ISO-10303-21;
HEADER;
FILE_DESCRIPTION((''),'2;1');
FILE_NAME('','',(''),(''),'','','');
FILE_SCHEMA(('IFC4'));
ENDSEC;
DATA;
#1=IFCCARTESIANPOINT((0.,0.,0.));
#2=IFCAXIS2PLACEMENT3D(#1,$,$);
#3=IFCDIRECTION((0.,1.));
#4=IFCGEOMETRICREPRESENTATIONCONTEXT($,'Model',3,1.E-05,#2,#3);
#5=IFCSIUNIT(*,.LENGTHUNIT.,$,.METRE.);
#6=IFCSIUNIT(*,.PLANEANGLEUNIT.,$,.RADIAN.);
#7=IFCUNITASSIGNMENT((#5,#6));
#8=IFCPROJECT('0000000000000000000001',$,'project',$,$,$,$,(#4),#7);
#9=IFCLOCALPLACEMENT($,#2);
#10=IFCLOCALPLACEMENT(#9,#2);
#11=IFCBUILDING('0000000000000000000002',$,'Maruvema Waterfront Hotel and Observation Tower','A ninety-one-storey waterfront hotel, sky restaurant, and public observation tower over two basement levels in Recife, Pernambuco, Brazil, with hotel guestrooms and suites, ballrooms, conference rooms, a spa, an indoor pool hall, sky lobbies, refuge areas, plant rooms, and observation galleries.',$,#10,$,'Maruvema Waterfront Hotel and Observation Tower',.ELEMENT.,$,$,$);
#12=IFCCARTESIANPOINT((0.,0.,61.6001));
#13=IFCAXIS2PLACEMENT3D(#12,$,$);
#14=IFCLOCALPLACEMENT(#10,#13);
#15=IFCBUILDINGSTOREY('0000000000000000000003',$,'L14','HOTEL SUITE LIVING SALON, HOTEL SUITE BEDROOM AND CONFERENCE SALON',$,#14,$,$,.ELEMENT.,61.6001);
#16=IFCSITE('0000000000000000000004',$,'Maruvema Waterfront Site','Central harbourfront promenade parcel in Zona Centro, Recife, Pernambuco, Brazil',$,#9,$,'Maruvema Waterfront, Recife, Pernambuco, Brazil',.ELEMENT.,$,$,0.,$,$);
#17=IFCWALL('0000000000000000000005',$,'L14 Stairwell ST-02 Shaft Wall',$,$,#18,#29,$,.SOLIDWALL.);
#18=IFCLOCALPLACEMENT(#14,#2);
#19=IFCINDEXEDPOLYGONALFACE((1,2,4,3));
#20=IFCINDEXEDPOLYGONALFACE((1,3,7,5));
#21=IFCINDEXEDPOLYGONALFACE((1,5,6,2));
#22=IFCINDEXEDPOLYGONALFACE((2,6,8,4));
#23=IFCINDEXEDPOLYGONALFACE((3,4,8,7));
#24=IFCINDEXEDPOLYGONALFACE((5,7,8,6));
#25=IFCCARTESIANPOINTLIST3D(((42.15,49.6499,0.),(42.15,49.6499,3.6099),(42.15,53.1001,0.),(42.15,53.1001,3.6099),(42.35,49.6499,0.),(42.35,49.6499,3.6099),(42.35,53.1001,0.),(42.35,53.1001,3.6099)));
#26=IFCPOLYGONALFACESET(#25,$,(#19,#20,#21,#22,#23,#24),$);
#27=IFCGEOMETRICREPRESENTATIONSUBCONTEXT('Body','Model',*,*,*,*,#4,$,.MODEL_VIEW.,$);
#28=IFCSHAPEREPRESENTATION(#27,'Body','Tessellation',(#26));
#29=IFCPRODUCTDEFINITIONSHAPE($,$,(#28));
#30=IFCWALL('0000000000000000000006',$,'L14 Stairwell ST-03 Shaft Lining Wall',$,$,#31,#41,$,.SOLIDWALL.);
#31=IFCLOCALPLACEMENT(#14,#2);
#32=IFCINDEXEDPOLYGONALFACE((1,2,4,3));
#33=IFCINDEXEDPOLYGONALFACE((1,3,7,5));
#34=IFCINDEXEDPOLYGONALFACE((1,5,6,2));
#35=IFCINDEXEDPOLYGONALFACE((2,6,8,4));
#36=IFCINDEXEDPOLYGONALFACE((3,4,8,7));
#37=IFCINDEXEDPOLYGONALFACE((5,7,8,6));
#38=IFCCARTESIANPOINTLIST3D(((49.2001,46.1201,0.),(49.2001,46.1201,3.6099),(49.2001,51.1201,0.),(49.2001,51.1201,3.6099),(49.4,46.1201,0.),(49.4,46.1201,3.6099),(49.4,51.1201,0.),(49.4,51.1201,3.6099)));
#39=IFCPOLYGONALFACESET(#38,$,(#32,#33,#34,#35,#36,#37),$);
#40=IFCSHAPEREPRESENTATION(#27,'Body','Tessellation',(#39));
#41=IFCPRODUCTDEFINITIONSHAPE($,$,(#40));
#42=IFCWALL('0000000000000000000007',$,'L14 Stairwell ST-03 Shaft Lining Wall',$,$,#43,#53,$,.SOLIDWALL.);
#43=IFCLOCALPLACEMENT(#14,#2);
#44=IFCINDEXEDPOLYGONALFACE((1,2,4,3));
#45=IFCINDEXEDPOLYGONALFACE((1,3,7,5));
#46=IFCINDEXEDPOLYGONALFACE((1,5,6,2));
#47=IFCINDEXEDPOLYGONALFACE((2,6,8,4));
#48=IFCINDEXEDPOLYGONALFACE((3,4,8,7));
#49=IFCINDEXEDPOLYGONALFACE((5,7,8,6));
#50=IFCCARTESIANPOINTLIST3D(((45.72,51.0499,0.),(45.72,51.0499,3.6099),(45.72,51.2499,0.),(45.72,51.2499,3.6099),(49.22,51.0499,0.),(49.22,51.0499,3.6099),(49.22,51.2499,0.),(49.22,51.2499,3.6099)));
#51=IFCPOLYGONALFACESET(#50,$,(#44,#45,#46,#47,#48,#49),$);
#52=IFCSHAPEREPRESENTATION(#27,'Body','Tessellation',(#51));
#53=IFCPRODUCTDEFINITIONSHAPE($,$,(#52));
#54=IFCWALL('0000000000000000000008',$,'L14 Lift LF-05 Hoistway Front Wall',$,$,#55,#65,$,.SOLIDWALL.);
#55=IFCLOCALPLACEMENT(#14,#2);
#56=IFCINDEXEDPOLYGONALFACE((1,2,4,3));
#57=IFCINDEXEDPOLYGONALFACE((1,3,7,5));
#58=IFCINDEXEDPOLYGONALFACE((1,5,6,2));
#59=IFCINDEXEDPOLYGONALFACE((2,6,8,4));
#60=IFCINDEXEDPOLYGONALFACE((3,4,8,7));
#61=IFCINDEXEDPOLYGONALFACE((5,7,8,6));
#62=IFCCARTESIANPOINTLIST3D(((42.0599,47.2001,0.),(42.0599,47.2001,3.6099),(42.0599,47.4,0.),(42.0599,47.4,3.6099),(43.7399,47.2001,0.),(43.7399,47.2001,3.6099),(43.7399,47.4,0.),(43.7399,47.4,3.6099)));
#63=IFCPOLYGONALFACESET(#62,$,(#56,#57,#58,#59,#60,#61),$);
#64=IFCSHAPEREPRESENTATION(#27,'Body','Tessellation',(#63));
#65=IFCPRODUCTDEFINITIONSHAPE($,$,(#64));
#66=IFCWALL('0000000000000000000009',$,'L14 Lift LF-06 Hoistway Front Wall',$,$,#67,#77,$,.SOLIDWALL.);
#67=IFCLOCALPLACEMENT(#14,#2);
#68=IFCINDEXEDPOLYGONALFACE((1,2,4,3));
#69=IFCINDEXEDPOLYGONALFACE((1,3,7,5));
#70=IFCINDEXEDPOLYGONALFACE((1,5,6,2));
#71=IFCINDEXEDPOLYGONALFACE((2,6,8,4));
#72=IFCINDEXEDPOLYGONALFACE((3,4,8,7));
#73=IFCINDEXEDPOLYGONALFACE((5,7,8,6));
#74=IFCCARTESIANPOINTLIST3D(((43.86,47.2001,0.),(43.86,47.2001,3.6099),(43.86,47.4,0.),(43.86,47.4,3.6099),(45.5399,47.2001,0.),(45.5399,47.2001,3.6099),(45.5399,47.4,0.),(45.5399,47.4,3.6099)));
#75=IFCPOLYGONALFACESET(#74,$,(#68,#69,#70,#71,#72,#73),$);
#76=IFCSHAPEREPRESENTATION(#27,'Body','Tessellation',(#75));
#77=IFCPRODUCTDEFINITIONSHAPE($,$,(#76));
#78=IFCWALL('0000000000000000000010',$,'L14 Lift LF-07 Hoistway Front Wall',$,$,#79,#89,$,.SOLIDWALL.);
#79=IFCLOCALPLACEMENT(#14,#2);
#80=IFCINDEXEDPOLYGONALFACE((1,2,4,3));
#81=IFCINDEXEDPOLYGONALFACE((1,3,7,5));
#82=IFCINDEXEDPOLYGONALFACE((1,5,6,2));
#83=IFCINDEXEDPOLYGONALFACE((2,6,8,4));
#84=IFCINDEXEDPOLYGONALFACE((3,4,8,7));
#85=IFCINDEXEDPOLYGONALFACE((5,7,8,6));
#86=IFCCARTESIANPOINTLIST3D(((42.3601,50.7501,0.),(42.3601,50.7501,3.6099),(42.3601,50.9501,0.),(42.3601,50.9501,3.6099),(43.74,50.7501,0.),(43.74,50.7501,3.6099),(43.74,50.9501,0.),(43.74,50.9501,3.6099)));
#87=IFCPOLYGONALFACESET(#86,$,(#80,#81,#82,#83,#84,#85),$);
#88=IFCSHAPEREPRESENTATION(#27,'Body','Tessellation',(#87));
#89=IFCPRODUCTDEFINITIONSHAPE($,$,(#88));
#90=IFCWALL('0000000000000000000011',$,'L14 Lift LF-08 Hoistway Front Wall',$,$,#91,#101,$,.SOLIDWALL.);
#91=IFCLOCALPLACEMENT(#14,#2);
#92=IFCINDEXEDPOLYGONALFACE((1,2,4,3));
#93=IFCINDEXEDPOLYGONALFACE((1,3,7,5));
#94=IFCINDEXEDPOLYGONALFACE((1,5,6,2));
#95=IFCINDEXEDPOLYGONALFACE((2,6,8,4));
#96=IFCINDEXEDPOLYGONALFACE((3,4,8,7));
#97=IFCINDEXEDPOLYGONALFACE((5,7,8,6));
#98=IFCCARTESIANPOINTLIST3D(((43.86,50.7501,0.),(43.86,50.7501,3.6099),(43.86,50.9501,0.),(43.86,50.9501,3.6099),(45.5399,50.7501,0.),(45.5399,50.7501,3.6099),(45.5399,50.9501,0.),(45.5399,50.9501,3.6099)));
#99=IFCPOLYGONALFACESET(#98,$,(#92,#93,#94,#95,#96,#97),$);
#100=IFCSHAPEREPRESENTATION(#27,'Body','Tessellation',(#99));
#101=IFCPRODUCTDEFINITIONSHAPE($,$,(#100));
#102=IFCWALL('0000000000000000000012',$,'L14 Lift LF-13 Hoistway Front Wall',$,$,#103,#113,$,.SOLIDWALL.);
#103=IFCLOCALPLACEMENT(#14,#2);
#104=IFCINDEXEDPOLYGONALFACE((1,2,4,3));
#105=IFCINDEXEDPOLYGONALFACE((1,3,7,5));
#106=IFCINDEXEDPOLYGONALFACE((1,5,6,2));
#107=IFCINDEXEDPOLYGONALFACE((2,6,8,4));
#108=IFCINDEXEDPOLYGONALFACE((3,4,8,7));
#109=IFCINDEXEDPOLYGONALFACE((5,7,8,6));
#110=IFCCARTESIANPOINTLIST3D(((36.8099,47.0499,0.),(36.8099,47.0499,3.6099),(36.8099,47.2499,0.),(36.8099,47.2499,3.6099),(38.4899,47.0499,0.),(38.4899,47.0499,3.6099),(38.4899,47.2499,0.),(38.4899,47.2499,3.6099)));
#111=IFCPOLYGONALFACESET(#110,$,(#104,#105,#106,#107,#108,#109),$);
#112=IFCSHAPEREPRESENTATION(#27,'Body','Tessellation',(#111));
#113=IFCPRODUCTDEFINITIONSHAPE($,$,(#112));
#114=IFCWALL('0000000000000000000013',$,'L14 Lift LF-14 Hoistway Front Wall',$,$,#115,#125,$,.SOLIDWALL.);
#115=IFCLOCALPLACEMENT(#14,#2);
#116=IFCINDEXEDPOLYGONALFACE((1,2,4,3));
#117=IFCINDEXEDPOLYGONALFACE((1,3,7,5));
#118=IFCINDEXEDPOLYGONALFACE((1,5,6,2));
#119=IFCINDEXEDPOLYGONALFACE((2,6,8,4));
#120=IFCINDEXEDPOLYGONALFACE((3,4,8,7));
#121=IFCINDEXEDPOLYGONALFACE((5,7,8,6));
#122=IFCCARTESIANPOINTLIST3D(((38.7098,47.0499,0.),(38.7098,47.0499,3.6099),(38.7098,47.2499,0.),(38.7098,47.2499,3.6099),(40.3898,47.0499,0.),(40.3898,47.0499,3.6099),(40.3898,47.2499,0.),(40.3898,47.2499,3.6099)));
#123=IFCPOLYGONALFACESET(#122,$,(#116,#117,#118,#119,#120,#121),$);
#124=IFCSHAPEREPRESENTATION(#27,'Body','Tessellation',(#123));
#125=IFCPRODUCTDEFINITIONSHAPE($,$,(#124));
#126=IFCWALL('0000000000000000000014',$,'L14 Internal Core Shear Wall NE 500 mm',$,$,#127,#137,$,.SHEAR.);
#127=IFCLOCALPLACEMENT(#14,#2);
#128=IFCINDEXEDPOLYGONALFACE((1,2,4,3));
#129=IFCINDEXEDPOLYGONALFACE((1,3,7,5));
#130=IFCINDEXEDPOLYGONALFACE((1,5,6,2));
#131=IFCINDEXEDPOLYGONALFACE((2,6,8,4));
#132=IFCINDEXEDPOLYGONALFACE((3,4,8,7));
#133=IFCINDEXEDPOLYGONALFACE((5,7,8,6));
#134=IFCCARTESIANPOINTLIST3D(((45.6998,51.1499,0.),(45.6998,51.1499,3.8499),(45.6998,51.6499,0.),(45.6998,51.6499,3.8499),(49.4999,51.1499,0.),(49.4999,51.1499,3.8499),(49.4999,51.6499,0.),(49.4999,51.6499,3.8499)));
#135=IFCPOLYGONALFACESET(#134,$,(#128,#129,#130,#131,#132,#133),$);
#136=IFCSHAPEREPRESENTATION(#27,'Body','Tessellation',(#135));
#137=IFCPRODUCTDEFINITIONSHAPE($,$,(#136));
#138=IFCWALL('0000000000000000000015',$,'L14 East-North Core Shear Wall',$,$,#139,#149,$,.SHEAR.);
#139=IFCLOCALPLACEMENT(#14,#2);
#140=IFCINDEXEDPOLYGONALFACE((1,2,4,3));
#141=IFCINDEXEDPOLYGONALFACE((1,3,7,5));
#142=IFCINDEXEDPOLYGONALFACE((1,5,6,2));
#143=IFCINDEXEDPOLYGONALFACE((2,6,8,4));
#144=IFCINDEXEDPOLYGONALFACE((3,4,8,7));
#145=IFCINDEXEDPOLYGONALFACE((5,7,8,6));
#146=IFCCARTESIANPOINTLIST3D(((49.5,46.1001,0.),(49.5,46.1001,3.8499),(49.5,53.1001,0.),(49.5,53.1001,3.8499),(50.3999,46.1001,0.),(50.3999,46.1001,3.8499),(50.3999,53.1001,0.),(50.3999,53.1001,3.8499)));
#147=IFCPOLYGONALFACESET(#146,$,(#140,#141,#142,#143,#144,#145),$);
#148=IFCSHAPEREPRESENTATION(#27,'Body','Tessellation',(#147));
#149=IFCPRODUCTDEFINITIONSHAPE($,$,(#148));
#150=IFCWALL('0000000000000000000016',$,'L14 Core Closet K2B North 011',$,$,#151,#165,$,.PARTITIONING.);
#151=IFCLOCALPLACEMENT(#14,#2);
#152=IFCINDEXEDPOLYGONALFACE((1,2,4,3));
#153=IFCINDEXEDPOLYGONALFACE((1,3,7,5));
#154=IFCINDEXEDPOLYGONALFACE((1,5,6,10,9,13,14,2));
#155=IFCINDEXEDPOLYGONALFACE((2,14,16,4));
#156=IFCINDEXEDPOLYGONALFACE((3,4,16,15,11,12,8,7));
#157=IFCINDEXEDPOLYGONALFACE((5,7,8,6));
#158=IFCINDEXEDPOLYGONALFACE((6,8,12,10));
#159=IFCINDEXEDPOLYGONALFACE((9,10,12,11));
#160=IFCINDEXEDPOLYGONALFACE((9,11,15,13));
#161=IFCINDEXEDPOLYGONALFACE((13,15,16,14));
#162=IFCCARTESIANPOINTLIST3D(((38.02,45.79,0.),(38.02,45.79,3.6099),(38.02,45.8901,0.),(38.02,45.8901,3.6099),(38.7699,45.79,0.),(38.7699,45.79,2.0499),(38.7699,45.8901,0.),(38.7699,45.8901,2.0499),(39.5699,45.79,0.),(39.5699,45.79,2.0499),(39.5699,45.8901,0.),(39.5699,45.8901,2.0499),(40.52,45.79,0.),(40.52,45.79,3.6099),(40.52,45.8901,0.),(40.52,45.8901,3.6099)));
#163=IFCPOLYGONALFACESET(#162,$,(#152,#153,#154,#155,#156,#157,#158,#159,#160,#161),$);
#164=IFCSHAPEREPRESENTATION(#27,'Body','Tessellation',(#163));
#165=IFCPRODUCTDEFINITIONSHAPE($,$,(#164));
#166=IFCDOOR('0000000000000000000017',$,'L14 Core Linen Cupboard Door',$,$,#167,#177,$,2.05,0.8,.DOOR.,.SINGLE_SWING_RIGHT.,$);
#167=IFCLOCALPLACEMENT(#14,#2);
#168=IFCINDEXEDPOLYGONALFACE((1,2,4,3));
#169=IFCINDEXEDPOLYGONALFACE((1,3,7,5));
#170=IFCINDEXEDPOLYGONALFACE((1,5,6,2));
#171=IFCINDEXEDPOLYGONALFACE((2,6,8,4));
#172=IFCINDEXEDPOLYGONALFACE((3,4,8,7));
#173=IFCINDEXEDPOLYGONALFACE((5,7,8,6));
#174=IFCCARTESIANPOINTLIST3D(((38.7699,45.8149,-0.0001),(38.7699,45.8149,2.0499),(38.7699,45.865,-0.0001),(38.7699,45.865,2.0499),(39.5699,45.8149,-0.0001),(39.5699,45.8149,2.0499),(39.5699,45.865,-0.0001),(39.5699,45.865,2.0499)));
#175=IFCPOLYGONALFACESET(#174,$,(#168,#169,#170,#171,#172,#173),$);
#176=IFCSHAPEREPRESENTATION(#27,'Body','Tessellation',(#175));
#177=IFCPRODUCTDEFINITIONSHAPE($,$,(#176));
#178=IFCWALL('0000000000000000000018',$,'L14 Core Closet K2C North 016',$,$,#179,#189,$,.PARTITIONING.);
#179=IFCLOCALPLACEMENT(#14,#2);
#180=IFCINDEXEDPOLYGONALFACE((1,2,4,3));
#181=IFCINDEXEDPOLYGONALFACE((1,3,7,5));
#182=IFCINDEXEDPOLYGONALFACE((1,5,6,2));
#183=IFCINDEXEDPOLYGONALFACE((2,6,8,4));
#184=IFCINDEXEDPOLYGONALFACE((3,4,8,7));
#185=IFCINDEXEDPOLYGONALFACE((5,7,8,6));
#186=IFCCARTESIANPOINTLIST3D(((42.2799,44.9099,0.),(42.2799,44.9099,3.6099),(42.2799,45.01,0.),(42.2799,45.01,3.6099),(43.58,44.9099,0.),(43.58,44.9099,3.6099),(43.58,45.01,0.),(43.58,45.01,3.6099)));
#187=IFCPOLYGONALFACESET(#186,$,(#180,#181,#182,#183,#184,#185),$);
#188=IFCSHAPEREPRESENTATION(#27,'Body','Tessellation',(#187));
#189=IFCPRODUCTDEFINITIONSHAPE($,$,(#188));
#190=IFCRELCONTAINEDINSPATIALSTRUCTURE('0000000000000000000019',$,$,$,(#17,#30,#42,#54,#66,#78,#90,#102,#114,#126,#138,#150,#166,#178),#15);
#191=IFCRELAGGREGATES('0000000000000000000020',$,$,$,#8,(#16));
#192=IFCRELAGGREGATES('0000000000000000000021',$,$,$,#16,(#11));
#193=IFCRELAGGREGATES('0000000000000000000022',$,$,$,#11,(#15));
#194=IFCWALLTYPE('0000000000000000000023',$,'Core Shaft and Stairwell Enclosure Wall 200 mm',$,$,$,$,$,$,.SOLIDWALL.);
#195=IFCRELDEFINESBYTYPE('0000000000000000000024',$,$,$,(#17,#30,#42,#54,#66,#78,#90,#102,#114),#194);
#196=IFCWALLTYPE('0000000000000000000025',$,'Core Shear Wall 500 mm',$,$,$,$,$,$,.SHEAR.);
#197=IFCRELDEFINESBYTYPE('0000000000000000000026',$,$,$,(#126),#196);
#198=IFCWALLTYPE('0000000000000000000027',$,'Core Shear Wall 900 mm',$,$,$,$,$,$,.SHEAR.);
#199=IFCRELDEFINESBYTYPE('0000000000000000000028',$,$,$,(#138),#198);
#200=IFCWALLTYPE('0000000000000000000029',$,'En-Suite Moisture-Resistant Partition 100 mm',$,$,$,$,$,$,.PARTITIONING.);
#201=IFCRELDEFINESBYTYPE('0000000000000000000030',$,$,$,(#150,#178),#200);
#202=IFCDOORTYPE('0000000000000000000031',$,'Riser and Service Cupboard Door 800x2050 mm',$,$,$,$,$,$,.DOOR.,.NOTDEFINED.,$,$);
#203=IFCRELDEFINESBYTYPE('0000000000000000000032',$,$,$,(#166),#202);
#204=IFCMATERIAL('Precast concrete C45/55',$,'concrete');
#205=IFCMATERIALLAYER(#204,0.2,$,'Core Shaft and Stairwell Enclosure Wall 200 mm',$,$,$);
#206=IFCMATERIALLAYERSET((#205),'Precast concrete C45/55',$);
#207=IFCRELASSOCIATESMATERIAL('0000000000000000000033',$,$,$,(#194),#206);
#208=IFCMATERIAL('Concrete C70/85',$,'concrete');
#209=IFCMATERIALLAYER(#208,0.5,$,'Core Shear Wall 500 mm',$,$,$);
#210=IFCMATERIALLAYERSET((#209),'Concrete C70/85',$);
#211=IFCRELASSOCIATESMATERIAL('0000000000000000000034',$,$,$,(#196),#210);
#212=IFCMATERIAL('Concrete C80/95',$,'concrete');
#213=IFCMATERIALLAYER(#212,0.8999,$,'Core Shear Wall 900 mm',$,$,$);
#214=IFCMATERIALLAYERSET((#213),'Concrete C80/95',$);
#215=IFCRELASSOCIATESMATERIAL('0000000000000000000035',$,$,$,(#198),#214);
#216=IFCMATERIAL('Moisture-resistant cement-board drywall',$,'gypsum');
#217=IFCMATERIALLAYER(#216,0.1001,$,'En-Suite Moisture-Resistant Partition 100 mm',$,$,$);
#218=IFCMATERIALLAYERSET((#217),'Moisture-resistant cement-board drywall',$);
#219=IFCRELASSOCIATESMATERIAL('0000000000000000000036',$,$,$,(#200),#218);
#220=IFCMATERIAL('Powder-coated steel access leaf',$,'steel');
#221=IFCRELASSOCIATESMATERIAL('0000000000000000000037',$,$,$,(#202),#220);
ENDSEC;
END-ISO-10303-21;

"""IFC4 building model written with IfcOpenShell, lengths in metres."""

from ifc_helpers import new_model, si_unit, direction, frame, frame_2d, origin, place, context, subcontext, project, spatial, rectangle, extrude, material, layer, layer_set, type_object, element, fill, save


model = new_model("IFC4")

# Units and contexts
model_context = context("Model", 3, precision=1e-05, world=origin(), true_north=direction((0.0, 1.0)))
body_context = subcontext(model_context, "Body", "Model", "MODEL_VIEW")
ifc_project = project(units=[si_unit("LENGTHUNIT", "METRE"), si_unit("PLANEANGLEUNIT", "RADIAN")], contexts=[model_context])

# Site, building, storey
site_placement = place(None, origin())
site = spatial("IfcSite", under=ifc_project, at=site_placement, Name="Maruvema Waterfront Site", Description="Central harbourfront promenade parcel in Zona Centro, Recife, Pernambuco, Brazil", LongName="Maruvema Waterfront, Recife, Pernambuco, Brazil", CompositionType="ELEMENT", RefElevation=0.0)
building_placement = place(site_placement, origin())
building = spatial("IfcBuilding", under=site, at=building_placement, Name="Maruvema Waterfront Hotel and Observation Tower", Description="A ninety-one-storey waterfront hotel, sky restaurant, and public observation tower over two basement levels in Recife, Pernambuco, Brazil, with hotel guestrooms and suites, ballrooms, conference rooms, a spa, an indoor pool hall, sky lobbies, refuge areas, plant rooms, and observation galleries.", LongName="Maruvema Waterfront Hotel and Observation Tower", CompositionType="ELEMENT")
storey_placement = place(building_placement, frame((0.0, 0.0, 61.6001)))
storey = spatial("IfcBuildingStorey", under=building, at=storey_placement, Name="L14", Description="HOTEL SUITE LIVING SALON, HOTEL SUITE BEDROOM AND CONFERENCE SALON", CompositionType="ELEMENT", Elevation=61.6001)

# Walls
ifc_material_1 = material(Name="Precast concrete C45/55", Category="concrete")
ifc_layer_1 = layer(ifc_material_1, 0.2, Name="Core Shaft and Stairwell Enclosure Wall 200 mm")
ifc_layer_set_1 = layer_set([ifc_layer_1], Name="Precast concrete C45/55")
wall_type_1 = type_object("IfcWallType", Name="Core Shaft and Stairwell Enclosure Wall 200 mm", PredefinedType="SOLIDWALL", material=ifc_layer_set_1)
wall_1_placement = place(storey_placement, frame((42.25, 49.6499, 0.0), z_axis=(0.0, 0.0, 1.0), x_axis=(0.0, 1.0, 0.0)))
element("IfcWall", 1, at=wall_1_placement, inside=storey, type_object=wall_type_1, Name="L14 Stairwell ST-02 Shaft Wall", PredefinedType="SOLIDWALL", context=body_context, shape_type="SweptSolid", body=[
    extrude(rectangle(XDim=3.4502, YDim=0.2, at=frame_2d((1.7251, 0.0))), origin(), (0.0, 0.0, 1.0), 3.6099),
])
wall_2_placement = place(storey_placement, frame((49.3, 46.1201, 0.0), z_axis=(0.0, 0.0, 1.0), x_axis=(0.0, 1.0, 0.0)))
element("IfcWall", 2, at=wall_2_placement, inside=storey, type_object=wall_type_1, Name="L14 Stairwell ST-03 Shaft Lining Wall", PredefinedType="SOLIDWALL", context=body_context, shape_type="SweptSolid", body=[
    extrude(rectangle(XDim=5.0, YDim=0.2, at=frame_2d((2.5, 0.0))), origin(), (0.0, 0.0, 1.0), 3.6099),
])
wall_3_placement = place(storey_placement, frame((45.72, 51.1499, 0.0), z_axis=(0.0, 0.0, 1.0), x_axis=(1.0, 0.0, 0.0)))
element("IfcWall", 3, at=wall_3_placement, inside=storey, type_object=wall_type_1, Name="L14 Stairwell ST-03 Shaft Lining Wall", PredefinedType="SOLIDWALL", context=body_context, shape_type="SweptSolid", body=[
    extrude(rectangle(XDim=3.5, YDim=0.2, at=frame_2d((1.75, 0.0))), origin(), (0.0, 0.0, 1.0), 3.6099),
])
for number, where, z_axis, x_axis, name in (
    (4, (42.0601, 47.3, 0.0), (0.0, 0.0, 1.0), (1.0, 0.0, 0.0), "L14 Lift LF-05 Hoistway Front Wall"),
    (5, (43.8601, 47.3, 0.0), (0.0, 0.0, 1.0), (1.0, 0.0, 0.0), "L14 Lift LF-06 Hoistway Front Wall"),
):
    element("IfcWall", number, at=place(storey_placement, frame(where, z_axis=z_axis, x_axis=x_axis)), inside=storey, type_object=wall_type_1, Name=name, PredefinedType="SOLIDWALL", context=body_context, shape_type="SweptSolid", body=[
        extrude(rectangle(XDim=1.6799, YDim=0.2, at=frame_2d((0.8398, 0.0))), origin(), (0.0, 0.0, 1.0), 3.6099),
    ])
wall_4_placement = place(storey_placement, frame((42.3601, 50.8501, 0.0), z_axis=(0.0, 0.0, 1.0), x_axis=(1.0, 0.0, 0.0)))
element("IfcWall", 6, at=wall_4_placement, inside=storey, type_object=wall_type_1, Name="L14 Lift LF-07 Hoistway Front Wall", PredefinedType="SOLIDWALL", context=body_context, shape_type="SweptSolid", body=[
    extrude(rectangle(XDim=1.3799, YDim=0.2, at=frame_2d((0.6899, 0.0))), origin(), (0.0, 0.0, 1.0), 3.6099),
])
for number, where, z_axis, x_axis, name in (
    (7, (43.8601, 50.8501, 0.0), (0.0, 0.0, 1.0), (1.0, 0.0, 0.0), "L14 Lift LF-08 Hoistway Front Wall"),
    (8, (36.8101, 47.1499, 0.0), (0.0, 0.0, 1.0), (1.0, 0.0, 0.0), "L14 Lift LF-13 Hoistway Front Wall"),
    (9, (38.71, 47.1499, 0.0), (0.0, 0.0, 1.0), (1.0, 0.0, 0.0), "L14 Lift LF-14 Hoistway Front Wall"),
):
    element("IfcWall", number, at=place(storey_placement, frame(where, z_axis=z_axis, x_axis=x_axis)), inside=storey, type_object=wall_type_1, Name=name, PredefinedType="SOLIDWALL", context=body_context, shape_type="SweptSolid", body=[
        extrude(rectangle(XDim=1.6799, YDim=0.2, at=frame_2d((0.8398, 0.0))), origin(), (0.0, 0.0, 1.0), 3.6099),
    ])
ifc_material_2 = material(Name="Concrete C70/85", Category="concrete")
ifc_layer_2 = layer(ifc_material_2, 0.5, Name="Core Shear Wall 500 mm")
ifc_layer_set_2 = layer_set([ifc_layer_2], Name="Concrete C70/85")
wall_type_2 = type_object("IfcWallType", Name="Core Shear Wall 500 mm", PredefinedType="SHEAR", material=ifc_layer_set_2)
wall_5_placement = place(storey_placement, frame((45.7, 51.3999, 0.0), z_axis=(0.0, 0.0, 1.0), x_axis=(1.0, 0.0, 0.0)))
element("IfcWall", 10, at=wall_5_placement, inside=storey, type_object=wall_type_2, Name="L14 Internal Core Shear Wall NE 500 mm", PredefinedType="SHEAR", context=body_context, shape_type="SweptSolid", body=[
    extrude(rectangle(XDim=3.8, YDim=0.5, at=frame_2d((1.8999, 0.0))), origin(), (0.0, 0.0, 1.0), 3.8499),
])
ifc_material_3 = material(Name="Concrete C80/95", Category="concrete")
ifc_layer_3 = layer(ifc_material_3, 0.8999, Name="Core Shear Wall 900 mm")
ifc_layer_set_3 = layer_set([ifc_layer_3], Name="Concrete C80/95")
wall_type_3 = type_object("IfcWallType", Name="Core Shear Wall 900 mm", PredefinedType="SHEAR", material=ifc_layer_set_3)
wall_6_placement = place(storey_placement, frame((49.95, 46.1001, 0.0), z_axis=(0.0, 0.0, 1.0), x_axis=(0.0, 1.0, 0.0)))
element("IfcWall", 11, at=wall_6_placement, inside=storey, type_object=wall_type_3, Name="L14 East-North Core Shear Wall", PredefinedType="SHEAR", context=body_context, shape_type="SweptSolid", body=[
    extrude(rectangle(XDim=7.0, YDim=0.8999, at=frame_2d((3.5, 0.0))), origin(), (0.0, 0.0, 1.0), 3.8499),
])

# Wall, opening, door
ifc_material_4 = material(Name="Moisture-resistant cement-board drywall", Category="gypsum")
ifc_layer_4 = layer(ifc_material_4, 0.1001, Name="En-Suite Moisture-Resistant Partition 100 mm")
ifc_layer_set_4 = layer_set([ifc_layer_4], Name="Moisture-resistant cement-board drywall")
wall_type_4 = type_object("IfcWallType", Name="En-Suite Moisture-Resistant Partition 100 mm", PredefinedType="PARTITIONING", material=ifc_layer_set_4)
wall_7_placement = place(storey_placement, frame((38.02, 45.8401, 0.0), z_axis=(0.0, 0.0, 1.0), x_axis=(1.0, 0.0, 0.0)))
wall_7 = element("IfcWall", 12, at=wall_7_placement, inside=storey, type_object=wall_type_4, Name="L14 Core Closet K2B North 011", PredefinedType="PARTITIONING", context=body_context, shape_type="SweptSolid", body=[
    extrude(rectangle(XDim=2.5, YDim=0.1001, at=frame_2d((1.25, 0.0))), origin(), (0.0, 0.0, 1.0), 3.6099),
])
opening_placement = place(wall_7_placement, frame((0.75, 0.0, 0.0)))
opening = element("IfcOpeningElement", 13, at=opening_placement, cuts=wall_7, PredefinedType="OPENING", context=body_context, shape_type="SweptSolid", body=[
    extrude(rectangle(XDim=0.8, YDim=2.05, at=frame_2d((0.3999, 1.0249))), frame((0.0, 0.0601, 0.0), z_axis=(0.0, -1.0, 0.0), x_axis=(1.0, 0.0, 0.0)), (0.0, 0.0, 1.0), 0.1201),
])
ifc_material_5 = material(Name="Powder-coated steel access leaf", Category="steel")
door_type = type_object("IfcDoorType", Name="Riser and Service Cupboard Door 800x2050 mm", OperationType="NOTDEFINED", PredefinedType="DOOR", material=ifc_material_5)
door_placement = place(opening_placement, origin())
door = element("IfcDoor", 14, at=door_placement, inside=storey, type_object=door_type, Name="L14 Core Linen Cupboard Door", OperationType="SINGLE_SWING_RIGHT", OverallHeight=2.05, OverallWidth=0.8, PredefinedType="DOOR", context=body_context, shape_type="SweptSolid", body=[
    extrude(rectangle(XDim=0.8, YDim=2.05, at=frame_2d((0.3999, 1.0249))), frame((0.0, 0.0249, 0.0), z_axis=(0.0, -1.0, 0.0), x_axis=(1.0, 0.0, 0.0)), (0.0, 0.0, 1.0), 0.05),
])
fill(opening, door)

# Wall
wall_8_placement = place(storey_placement, frame((42.28, 44.96, 0.0), z_axis=(0.0, 0.0, 1.0), x_axis=(1.0, 0.0, 0.0)))
element("IfcWall", 15, at=wall_8_placement, inside=storey, type_object=wall_type_4, Name="L14 Core Closet K2C North 016", PredefinedType="PARTITIONING", context=body_context, shape_type="SweptSolid", body=[
    extrude(rectangle(XDim=1.3, YDim=0.1001, at=frame_2d((0.6499, 0.0))), origin(), (0.0, 0.0, 1.0), 3.6099),
])

save(model, "model.ifc")
